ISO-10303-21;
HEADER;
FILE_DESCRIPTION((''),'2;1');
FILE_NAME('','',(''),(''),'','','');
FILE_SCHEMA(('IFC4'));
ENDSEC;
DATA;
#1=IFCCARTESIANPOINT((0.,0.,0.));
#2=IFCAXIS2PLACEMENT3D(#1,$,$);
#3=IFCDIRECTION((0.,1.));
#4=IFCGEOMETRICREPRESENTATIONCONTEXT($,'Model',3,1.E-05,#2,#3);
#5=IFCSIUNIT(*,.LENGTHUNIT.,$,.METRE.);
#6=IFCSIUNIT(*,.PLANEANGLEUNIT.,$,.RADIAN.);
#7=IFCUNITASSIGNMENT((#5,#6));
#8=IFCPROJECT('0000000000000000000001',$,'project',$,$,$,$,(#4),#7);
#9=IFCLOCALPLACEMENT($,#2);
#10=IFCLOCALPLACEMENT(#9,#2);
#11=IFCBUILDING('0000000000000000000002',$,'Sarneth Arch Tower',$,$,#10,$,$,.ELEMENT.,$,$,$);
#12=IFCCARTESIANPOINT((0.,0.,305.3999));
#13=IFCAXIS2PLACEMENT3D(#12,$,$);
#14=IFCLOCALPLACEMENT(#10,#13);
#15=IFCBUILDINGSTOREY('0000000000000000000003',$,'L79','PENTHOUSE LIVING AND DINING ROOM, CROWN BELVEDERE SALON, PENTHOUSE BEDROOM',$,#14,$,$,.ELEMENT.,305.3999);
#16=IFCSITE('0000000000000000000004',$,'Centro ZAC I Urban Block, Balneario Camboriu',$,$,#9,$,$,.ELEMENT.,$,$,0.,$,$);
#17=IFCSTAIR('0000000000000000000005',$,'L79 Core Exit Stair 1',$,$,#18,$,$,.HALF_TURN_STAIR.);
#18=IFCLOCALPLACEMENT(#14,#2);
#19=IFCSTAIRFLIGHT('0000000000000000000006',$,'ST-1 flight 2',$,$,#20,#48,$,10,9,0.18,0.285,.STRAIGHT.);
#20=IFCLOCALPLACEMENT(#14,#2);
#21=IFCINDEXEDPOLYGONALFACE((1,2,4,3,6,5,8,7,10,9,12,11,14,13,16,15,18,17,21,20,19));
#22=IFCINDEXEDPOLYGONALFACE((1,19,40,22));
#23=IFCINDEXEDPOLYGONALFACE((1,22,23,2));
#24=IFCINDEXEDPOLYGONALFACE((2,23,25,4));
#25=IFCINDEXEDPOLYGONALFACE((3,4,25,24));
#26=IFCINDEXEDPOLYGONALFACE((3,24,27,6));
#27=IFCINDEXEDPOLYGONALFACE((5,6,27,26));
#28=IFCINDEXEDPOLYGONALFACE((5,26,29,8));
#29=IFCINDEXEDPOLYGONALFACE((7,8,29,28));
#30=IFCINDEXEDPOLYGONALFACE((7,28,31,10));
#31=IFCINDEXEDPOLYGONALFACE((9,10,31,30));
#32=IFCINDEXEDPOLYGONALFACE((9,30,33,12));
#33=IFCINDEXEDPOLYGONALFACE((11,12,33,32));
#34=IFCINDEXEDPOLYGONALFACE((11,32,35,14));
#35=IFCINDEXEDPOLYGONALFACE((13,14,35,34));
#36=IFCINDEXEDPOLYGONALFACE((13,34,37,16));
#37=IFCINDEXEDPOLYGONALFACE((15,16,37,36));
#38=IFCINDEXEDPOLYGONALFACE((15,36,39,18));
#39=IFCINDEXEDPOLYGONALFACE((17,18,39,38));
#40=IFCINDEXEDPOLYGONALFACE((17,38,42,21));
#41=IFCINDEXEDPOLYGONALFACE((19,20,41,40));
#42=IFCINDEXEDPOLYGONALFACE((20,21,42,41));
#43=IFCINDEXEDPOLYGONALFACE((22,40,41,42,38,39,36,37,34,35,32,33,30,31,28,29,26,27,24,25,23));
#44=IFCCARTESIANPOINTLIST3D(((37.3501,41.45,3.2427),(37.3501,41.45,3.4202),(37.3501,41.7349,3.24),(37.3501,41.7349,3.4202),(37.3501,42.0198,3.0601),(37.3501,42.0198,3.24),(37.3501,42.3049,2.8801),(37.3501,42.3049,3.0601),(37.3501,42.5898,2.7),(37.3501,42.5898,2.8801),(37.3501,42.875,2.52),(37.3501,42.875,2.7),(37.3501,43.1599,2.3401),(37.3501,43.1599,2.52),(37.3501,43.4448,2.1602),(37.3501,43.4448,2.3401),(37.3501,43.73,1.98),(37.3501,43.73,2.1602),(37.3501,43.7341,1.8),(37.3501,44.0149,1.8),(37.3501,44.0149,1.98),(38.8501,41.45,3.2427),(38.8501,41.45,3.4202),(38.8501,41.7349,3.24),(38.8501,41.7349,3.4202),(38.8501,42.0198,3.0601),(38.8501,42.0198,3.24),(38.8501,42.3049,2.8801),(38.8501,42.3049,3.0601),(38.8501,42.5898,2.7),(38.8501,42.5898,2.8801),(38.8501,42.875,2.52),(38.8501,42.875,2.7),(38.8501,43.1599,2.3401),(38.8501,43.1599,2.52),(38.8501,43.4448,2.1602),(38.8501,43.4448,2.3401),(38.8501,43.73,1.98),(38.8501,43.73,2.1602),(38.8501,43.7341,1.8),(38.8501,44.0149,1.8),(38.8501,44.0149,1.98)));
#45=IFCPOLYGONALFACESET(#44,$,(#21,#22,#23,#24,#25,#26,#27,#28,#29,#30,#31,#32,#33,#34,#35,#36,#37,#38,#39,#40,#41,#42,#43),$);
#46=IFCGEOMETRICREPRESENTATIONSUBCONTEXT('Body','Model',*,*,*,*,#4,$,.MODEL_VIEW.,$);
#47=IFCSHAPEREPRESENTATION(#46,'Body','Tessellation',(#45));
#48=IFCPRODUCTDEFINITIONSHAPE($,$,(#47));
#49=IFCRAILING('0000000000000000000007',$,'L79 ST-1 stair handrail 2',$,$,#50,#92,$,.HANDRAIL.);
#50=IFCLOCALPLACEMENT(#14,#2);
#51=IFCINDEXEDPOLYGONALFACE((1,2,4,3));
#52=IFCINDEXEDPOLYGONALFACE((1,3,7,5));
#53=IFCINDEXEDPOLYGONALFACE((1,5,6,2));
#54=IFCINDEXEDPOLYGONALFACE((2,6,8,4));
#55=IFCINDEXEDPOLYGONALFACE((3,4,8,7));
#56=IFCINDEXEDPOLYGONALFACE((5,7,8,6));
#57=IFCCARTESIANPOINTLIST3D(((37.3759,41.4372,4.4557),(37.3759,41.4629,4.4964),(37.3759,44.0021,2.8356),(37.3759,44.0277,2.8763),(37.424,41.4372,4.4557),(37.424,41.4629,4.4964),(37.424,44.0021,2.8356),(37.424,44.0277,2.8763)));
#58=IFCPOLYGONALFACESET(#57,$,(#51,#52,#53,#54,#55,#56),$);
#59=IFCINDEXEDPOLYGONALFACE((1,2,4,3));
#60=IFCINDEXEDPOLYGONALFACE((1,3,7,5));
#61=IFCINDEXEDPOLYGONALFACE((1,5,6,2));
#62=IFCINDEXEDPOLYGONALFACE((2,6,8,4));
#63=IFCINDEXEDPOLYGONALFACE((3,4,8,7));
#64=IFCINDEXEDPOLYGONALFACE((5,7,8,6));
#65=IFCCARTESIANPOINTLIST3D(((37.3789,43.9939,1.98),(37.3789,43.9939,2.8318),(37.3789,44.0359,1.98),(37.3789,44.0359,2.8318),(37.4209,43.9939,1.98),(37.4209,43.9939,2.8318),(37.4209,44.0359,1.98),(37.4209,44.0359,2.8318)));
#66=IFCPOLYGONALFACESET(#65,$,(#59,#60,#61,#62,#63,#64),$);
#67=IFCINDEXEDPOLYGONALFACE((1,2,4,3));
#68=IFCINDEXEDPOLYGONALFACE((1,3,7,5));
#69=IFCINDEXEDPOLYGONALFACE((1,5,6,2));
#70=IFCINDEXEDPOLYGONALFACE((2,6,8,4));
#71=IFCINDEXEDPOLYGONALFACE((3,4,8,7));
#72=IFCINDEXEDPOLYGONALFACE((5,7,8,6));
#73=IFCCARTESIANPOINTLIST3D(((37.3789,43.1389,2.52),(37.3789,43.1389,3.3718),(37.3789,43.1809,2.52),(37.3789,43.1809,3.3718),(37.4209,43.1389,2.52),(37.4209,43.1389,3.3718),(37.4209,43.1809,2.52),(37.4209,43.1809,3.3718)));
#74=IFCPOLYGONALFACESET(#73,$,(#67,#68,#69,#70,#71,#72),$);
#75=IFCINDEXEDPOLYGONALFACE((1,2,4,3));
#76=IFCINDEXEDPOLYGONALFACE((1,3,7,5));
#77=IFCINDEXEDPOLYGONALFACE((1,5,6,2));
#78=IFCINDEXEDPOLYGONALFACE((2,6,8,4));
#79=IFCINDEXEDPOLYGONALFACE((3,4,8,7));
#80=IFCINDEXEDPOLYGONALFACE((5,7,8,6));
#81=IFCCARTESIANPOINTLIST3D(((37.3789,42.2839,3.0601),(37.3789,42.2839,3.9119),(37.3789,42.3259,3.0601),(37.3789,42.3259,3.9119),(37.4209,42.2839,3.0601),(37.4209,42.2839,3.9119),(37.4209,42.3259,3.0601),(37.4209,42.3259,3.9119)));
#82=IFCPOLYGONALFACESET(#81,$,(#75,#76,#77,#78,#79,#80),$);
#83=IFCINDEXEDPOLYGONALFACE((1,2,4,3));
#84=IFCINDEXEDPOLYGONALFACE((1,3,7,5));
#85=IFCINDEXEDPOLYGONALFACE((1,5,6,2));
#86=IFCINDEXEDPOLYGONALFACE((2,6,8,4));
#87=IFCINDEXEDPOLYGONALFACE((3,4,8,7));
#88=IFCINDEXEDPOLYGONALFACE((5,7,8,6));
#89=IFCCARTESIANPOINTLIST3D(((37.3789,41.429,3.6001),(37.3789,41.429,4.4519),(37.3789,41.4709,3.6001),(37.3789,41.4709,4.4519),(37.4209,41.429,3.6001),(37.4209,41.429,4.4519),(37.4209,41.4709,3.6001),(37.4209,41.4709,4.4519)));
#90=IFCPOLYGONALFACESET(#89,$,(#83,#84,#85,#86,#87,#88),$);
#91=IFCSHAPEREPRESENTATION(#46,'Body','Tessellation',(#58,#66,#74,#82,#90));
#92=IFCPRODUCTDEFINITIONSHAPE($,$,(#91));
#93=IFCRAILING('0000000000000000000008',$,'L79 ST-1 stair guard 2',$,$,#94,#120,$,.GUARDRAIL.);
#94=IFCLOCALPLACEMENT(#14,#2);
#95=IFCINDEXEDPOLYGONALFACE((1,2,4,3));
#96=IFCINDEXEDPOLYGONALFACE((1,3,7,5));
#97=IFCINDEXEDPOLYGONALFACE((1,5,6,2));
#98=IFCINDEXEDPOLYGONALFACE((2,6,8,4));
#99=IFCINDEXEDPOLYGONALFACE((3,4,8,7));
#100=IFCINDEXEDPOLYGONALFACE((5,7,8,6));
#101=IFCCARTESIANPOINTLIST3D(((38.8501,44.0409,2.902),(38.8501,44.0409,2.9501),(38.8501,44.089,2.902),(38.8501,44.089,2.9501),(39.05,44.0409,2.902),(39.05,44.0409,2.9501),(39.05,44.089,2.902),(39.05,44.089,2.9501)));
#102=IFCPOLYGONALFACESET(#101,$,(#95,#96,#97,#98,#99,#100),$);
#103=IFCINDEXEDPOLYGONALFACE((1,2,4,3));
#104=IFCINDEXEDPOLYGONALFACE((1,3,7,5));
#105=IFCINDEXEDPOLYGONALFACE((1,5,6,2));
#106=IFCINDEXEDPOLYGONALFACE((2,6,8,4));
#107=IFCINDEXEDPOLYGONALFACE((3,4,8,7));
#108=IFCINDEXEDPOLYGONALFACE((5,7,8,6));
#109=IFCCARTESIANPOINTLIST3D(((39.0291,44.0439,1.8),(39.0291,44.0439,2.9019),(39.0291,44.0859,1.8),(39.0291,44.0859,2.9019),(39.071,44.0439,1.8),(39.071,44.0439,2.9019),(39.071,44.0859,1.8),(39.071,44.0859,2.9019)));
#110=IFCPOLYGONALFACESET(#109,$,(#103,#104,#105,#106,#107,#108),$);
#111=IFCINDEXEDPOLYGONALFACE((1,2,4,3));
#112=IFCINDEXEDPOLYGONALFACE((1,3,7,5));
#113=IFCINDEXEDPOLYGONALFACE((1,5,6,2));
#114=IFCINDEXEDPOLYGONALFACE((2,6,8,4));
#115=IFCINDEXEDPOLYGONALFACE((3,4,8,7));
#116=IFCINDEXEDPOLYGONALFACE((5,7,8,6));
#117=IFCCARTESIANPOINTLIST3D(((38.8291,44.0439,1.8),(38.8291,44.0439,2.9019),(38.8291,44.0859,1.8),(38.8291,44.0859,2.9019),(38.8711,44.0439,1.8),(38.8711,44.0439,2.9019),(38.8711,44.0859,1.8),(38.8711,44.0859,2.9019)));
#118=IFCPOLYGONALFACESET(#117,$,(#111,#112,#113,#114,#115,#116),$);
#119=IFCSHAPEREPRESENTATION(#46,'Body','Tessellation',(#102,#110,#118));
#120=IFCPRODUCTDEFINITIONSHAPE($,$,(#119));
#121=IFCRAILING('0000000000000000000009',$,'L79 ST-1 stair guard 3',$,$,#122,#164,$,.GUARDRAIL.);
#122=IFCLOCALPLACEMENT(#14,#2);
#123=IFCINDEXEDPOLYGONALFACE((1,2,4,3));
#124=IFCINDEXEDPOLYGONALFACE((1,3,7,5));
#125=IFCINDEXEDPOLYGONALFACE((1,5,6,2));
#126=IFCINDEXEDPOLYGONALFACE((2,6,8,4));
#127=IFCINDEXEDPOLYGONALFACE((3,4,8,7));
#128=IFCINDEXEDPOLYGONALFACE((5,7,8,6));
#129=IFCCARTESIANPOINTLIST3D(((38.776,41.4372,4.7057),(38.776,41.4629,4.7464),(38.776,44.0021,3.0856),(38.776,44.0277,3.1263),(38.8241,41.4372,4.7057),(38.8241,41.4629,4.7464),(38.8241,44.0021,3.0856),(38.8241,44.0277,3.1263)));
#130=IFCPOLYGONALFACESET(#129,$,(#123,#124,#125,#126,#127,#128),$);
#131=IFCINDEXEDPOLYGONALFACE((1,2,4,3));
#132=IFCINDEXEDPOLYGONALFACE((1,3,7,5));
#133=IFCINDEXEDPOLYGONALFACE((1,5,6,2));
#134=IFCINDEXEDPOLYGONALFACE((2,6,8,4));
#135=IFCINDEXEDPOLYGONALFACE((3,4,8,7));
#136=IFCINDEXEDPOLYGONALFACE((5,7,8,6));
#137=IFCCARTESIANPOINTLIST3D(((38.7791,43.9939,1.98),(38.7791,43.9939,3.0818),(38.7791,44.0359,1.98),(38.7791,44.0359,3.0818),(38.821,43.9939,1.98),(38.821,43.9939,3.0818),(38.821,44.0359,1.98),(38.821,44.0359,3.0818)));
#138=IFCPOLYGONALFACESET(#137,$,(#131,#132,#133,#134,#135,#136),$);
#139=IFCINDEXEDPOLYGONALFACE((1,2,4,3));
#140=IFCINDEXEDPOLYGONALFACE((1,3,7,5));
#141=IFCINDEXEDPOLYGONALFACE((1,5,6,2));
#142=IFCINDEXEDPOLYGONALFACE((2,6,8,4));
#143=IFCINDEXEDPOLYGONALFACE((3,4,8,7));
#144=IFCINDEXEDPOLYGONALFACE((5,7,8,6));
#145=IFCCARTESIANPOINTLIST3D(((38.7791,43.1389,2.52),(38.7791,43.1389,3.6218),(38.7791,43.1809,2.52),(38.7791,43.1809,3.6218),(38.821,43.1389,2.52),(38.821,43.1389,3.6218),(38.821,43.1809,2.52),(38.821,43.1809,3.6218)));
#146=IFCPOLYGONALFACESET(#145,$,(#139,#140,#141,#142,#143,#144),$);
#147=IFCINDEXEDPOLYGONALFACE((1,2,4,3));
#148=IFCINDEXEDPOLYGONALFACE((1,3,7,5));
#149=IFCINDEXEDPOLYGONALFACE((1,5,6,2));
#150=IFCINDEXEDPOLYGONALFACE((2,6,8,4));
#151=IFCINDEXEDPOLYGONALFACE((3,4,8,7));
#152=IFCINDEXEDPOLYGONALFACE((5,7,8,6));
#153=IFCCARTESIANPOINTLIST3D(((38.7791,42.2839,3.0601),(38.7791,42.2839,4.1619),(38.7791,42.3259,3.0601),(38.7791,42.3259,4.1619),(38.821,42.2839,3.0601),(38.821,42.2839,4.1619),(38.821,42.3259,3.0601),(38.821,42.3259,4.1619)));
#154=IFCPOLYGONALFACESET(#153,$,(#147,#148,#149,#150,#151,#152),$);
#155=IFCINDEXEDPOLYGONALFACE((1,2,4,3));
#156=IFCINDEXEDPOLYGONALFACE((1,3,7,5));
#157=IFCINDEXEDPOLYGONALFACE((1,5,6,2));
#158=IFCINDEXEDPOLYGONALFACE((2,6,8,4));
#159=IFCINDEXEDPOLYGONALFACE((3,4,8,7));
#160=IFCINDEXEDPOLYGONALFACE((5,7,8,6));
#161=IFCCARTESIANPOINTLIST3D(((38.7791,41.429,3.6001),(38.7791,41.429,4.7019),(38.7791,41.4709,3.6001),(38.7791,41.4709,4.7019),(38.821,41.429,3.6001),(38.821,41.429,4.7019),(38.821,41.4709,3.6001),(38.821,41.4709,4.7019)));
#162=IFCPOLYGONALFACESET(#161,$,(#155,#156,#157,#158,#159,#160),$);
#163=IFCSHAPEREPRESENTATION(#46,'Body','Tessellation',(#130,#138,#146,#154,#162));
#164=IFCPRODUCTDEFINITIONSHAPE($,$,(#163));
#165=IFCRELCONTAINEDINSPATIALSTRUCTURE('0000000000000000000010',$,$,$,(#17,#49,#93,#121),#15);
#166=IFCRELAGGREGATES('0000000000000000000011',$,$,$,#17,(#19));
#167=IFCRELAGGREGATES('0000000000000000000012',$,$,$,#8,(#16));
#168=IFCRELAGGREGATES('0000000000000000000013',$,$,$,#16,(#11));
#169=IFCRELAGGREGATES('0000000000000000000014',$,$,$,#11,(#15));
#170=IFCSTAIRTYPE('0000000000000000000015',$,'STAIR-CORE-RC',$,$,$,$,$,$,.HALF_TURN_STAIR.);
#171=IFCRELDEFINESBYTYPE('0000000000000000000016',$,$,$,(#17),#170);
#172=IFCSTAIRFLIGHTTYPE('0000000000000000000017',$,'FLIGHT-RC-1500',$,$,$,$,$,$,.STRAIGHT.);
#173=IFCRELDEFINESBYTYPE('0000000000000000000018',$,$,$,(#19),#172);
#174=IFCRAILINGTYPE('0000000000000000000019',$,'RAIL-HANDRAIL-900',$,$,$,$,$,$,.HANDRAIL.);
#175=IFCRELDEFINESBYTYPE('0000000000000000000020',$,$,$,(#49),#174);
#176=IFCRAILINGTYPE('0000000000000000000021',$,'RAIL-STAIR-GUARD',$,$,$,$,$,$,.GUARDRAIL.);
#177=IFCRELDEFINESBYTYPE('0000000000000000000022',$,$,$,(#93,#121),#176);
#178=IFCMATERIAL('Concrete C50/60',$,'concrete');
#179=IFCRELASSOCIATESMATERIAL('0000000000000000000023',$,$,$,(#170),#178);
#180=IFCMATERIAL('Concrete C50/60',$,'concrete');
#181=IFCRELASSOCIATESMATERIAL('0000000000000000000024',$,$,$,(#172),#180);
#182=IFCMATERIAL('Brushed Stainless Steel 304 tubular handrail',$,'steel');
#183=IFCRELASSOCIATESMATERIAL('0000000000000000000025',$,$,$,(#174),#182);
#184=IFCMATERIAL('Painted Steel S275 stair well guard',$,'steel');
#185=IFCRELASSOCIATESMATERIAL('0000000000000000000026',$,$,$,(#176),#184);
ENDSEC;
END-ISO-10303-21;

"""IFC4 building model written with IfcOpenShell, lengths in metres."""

from ifc_helpers import new_model, si_unit, direction, frame, origin, origin_2d, place, context, subcontext, project, spatial, polyline, rectangle, outline, extrude, material, type_object, element, aggregate, save


model = new_model("IFC4")

# Units and contexts
model_context = context("Model", 3, precision=1e-05, world=origin(), true_north=direction((0.0, 1.0)))
body_context = subcontext(model_context, "Body", "Model", "MODEL_VIEW")
ifc_project = project(units=[si_unit("LENGTHUNIT", "METRE"), si_unit("PLANEANGLEUNIT", "RADIAN")], contexts=[model_context])

# Site, building, storey
site_placement = place(None, origin())
site = spatial("IfcSite", under=ifc_project, at=site_placement, Name="Centro ZAC I Urban Block, Balneario Camboriu", CompositionType="ELEMENT", RefElevation=0.0)
building_placement = place(site_placement, origin())
building = spatial("IfcBuilding", under=site, at=building_placement, Name="Sarneth Arch Tower", CompositionType="ELEMENT")
storey_placement = place(building_placement, frame((0.0, 0.0, 305.3999)))
storey = spatial("IfcBuildingStorey", under=building, at=storey_placement, Name="L79", Description="PENTHOUSE LIVING AND DINING ROOM, CROWN BELVEDERE SALON, PENTHOUSE BEDROOM", CompositionType="ELEMENT", Elevation=305.3999)

# Stair, stair flight
ifc_material_1 = material(Name="Concrete C50/60", Category="concrete")
stair_type = type_object("IfcStairType", Name="STAIR-CORE-RC", PredefinedType="HALF_TURN_STAIR", material=ifc_material_1)
stair_placement = place(storey_placement, origin())
stair = element("IfcStair", 1, at=stair_placement, inside=storey, type_object=stair_type, Name="L79 Core Exit Stair 1", PredefinedType="HALF_TURN_STAIR")
ifc_material_2 = material(Name="Concrete C50/60", Category="concrete")
stair_flight_type = type_object("IfcStairFlightType", Name="FLIGHT-RC-1500", PredefinedType="STRAIGHT", material=ifc_material_2)
stair_flight_placement = place(storey_placement, frame((38.1001, 44.0149, 1.8), z_axis=(0.0, 0.0, 1.0), x_axis=(0.0, -1.0, 0.0)))
stair_flight = element("IfcStairFlight", 2, at=stair_flight_placement, type_object=stair_flight_type, Name="ST-1 flight 2", NumberOfRisers=10, NumberOfTreads=9, PredefinedType="STRAIGHT", RiserHeight=0.18, TreadLength=0.285, context=body_context, shape_type="SweptSolid", body=[
    extrude(outline(polyline([(0.0, 0.0), (0.0, 0.1799), (0.2849, 0.1799), (0.2849, 0.3601), (0.5701, 0.3601), (0.5701, 0.54), (0.855, 0.54), (0.855, 0.72), (1.1399, 0.72), (1.1399, 0.8999), (1.425, 0.8999), (1.425, 1.0801), (1.71, 1.0801), (1.71, 1.26), (1.9951, 1.26), (1.9951, 1.4399), (2.28, 1.4399), (2.28, 1.6201), (2.5649, 1.6201), (2.5649, 1.8), (2.5649, 1.4426), (0.2808, 0.0), (0.0, 0.0)])), frame((0.0, 0.75, 0.0), z_axis=(0.0, -1.0, 0.0), x_axis=(1.0, 0.0, 0.0)), (0.0, 0.0, 1.0), 1.5),
])
aggregate(stair, [stair_flight])

# Railings
ifc_material_3 = material(Name="Brushed Stainless Steel 304 tubular handrail", Category="steel")
railing_type_1 = type_object("IfcRailingType", Name="RAIL-HANDRAIL-900", PredefinedType="HANDRAIL", material=ifc_material_3)
railing_1_placement = place(storey_placement, frame((37.3999, 44.0149, 1.98)))
element("IfcRailing", 3, at=railing_1_placement, inside=storey, type_object=railing_type_1, Name="L79 ST-1 stair handrail 2", PredefinedType="HANDRAIL", context=body_context, shape_type="SweptSolid", body=[
    extrude(rectangle(XDim=0.0481, YDim=0.0481, at=origin_2d()), frame((0.0, 0.0, 0.876), z_axis=(0.0, -0.845466, 0.534029), x_axis=(1.0, 0.0, 0.0)), (0.0, 0.0, 1.0), 3.0337),
    extrude(rectangle(XDim=0.042, YDim=0.042, at=origin_2d()), origin(), (0.0, 0.0, 1.0), 0.8518),
    extrude(rectangle(XDim=0.042, YDim=0.042, at=origin_2d()), frame((0.0, -0.855, 0.54)), (0.0, 0.0, 1.0), 0.8518),
    extrude(rectangle(XDim=0.042, YDim=0.042, at=origin_2d()), frame((0.0, -1.71, 1.0801)), (0.0, 0.0, 1.0), 0.8518),
    extrude(rectangle(XDim=0.042, YDim=0.042, at=origin_2d()), frame((0.0, -2.5649, 1.6201)), (0.0, 0.0, 1.0), 0.8518),
])
ifc_material_4 = material(Name="Painted Steel S275 stair well guard", Category="steel")
railing_type_2 = type_object("IfcRailingType", Name="RAIL-STAIR-GUARD", PredefinedType="GUARDRAIL", material=ifc_material_4)
railing_2_placement = place(storey_placement, frame((39.05, 44.0649, 1.8)))
element("IfcRailing", 4, at=railing_2_placement, inside=storey, type_object=railing_type_2, Name="L79 ST-1 stair guard 2", PredefinedType="GUARDRAIL", context=body_context, shape_type="SweptSolid", body=[
    extrude(rectangle(XDim=0.0481, YDim=0.0481, at=origin_2d()), frame((0.0, 0.0, 1.126), z_axis=(-1.0, 0.0, 0.0), x_axis=(0.0, -1.0, 0.0)), (0.0, 0.0, 1.0), 0.2),
    extrude(rectangle(XDim=0.042, YDim=0.042, at=origin_2d()), origin(), (0.0, 0.0, 1.0), 1.1018),
    extrude(rectangle(XDim=0.042, YDim=0.042, at=origin_2d()), frame((-0.2, 0.0, 0.0)), (0.0, 0.0, 1.0), 1.1018),
])
railing_3_placement = place(storey_placement, frame((38.8, 44.0149, 1.98)))
element("IfcRailing", 5, at=railing_3_placement, inside=storey, type_object=railing_type_2, Name="L79 ST-1 stair guard 3", PredefinedType="GUARDRAIL", context=body_context, shape_type="SweptSolid", body=[
    extrude(rectangle(XDim=0.0481, YDim=0.0481, at=origin_2d()), frame((0.0, 0.0, 1.126), z_axis=(0.0, -0.845466, 0.534029), x_axis=(1.0, 0.0, 0.0)), (0.0, 0.0, 1.0), 3.0337),
    extrude(rectangle(XDim=0.042, YDim=0.042, at=origin_2d()), origin(), (0.0, 0.0, 1.0), 1.1018),
    extrude(rectangle(XDim=0.042, YDim=0.042, at=origin_2d()), frame((0.0, -0.855, 0.54)), (0.0, 0.0, 1.0), 1.1018),
    extrude(rectangle(XDim=0.042, YDim=0.042, at=origin_2d()), frame((0.0, -1.71, 1.0801)), (0.0, 0.0, 1.0), 1.1018),
    extrude(rectangle(XDim=0.042, YDim=0.042, at=origin_2d()), frame((0.0, -2.5649, 1.6201)), (0.0, 0.0, 1.0), 1.1018),
])

save(model, "model.ifc")
